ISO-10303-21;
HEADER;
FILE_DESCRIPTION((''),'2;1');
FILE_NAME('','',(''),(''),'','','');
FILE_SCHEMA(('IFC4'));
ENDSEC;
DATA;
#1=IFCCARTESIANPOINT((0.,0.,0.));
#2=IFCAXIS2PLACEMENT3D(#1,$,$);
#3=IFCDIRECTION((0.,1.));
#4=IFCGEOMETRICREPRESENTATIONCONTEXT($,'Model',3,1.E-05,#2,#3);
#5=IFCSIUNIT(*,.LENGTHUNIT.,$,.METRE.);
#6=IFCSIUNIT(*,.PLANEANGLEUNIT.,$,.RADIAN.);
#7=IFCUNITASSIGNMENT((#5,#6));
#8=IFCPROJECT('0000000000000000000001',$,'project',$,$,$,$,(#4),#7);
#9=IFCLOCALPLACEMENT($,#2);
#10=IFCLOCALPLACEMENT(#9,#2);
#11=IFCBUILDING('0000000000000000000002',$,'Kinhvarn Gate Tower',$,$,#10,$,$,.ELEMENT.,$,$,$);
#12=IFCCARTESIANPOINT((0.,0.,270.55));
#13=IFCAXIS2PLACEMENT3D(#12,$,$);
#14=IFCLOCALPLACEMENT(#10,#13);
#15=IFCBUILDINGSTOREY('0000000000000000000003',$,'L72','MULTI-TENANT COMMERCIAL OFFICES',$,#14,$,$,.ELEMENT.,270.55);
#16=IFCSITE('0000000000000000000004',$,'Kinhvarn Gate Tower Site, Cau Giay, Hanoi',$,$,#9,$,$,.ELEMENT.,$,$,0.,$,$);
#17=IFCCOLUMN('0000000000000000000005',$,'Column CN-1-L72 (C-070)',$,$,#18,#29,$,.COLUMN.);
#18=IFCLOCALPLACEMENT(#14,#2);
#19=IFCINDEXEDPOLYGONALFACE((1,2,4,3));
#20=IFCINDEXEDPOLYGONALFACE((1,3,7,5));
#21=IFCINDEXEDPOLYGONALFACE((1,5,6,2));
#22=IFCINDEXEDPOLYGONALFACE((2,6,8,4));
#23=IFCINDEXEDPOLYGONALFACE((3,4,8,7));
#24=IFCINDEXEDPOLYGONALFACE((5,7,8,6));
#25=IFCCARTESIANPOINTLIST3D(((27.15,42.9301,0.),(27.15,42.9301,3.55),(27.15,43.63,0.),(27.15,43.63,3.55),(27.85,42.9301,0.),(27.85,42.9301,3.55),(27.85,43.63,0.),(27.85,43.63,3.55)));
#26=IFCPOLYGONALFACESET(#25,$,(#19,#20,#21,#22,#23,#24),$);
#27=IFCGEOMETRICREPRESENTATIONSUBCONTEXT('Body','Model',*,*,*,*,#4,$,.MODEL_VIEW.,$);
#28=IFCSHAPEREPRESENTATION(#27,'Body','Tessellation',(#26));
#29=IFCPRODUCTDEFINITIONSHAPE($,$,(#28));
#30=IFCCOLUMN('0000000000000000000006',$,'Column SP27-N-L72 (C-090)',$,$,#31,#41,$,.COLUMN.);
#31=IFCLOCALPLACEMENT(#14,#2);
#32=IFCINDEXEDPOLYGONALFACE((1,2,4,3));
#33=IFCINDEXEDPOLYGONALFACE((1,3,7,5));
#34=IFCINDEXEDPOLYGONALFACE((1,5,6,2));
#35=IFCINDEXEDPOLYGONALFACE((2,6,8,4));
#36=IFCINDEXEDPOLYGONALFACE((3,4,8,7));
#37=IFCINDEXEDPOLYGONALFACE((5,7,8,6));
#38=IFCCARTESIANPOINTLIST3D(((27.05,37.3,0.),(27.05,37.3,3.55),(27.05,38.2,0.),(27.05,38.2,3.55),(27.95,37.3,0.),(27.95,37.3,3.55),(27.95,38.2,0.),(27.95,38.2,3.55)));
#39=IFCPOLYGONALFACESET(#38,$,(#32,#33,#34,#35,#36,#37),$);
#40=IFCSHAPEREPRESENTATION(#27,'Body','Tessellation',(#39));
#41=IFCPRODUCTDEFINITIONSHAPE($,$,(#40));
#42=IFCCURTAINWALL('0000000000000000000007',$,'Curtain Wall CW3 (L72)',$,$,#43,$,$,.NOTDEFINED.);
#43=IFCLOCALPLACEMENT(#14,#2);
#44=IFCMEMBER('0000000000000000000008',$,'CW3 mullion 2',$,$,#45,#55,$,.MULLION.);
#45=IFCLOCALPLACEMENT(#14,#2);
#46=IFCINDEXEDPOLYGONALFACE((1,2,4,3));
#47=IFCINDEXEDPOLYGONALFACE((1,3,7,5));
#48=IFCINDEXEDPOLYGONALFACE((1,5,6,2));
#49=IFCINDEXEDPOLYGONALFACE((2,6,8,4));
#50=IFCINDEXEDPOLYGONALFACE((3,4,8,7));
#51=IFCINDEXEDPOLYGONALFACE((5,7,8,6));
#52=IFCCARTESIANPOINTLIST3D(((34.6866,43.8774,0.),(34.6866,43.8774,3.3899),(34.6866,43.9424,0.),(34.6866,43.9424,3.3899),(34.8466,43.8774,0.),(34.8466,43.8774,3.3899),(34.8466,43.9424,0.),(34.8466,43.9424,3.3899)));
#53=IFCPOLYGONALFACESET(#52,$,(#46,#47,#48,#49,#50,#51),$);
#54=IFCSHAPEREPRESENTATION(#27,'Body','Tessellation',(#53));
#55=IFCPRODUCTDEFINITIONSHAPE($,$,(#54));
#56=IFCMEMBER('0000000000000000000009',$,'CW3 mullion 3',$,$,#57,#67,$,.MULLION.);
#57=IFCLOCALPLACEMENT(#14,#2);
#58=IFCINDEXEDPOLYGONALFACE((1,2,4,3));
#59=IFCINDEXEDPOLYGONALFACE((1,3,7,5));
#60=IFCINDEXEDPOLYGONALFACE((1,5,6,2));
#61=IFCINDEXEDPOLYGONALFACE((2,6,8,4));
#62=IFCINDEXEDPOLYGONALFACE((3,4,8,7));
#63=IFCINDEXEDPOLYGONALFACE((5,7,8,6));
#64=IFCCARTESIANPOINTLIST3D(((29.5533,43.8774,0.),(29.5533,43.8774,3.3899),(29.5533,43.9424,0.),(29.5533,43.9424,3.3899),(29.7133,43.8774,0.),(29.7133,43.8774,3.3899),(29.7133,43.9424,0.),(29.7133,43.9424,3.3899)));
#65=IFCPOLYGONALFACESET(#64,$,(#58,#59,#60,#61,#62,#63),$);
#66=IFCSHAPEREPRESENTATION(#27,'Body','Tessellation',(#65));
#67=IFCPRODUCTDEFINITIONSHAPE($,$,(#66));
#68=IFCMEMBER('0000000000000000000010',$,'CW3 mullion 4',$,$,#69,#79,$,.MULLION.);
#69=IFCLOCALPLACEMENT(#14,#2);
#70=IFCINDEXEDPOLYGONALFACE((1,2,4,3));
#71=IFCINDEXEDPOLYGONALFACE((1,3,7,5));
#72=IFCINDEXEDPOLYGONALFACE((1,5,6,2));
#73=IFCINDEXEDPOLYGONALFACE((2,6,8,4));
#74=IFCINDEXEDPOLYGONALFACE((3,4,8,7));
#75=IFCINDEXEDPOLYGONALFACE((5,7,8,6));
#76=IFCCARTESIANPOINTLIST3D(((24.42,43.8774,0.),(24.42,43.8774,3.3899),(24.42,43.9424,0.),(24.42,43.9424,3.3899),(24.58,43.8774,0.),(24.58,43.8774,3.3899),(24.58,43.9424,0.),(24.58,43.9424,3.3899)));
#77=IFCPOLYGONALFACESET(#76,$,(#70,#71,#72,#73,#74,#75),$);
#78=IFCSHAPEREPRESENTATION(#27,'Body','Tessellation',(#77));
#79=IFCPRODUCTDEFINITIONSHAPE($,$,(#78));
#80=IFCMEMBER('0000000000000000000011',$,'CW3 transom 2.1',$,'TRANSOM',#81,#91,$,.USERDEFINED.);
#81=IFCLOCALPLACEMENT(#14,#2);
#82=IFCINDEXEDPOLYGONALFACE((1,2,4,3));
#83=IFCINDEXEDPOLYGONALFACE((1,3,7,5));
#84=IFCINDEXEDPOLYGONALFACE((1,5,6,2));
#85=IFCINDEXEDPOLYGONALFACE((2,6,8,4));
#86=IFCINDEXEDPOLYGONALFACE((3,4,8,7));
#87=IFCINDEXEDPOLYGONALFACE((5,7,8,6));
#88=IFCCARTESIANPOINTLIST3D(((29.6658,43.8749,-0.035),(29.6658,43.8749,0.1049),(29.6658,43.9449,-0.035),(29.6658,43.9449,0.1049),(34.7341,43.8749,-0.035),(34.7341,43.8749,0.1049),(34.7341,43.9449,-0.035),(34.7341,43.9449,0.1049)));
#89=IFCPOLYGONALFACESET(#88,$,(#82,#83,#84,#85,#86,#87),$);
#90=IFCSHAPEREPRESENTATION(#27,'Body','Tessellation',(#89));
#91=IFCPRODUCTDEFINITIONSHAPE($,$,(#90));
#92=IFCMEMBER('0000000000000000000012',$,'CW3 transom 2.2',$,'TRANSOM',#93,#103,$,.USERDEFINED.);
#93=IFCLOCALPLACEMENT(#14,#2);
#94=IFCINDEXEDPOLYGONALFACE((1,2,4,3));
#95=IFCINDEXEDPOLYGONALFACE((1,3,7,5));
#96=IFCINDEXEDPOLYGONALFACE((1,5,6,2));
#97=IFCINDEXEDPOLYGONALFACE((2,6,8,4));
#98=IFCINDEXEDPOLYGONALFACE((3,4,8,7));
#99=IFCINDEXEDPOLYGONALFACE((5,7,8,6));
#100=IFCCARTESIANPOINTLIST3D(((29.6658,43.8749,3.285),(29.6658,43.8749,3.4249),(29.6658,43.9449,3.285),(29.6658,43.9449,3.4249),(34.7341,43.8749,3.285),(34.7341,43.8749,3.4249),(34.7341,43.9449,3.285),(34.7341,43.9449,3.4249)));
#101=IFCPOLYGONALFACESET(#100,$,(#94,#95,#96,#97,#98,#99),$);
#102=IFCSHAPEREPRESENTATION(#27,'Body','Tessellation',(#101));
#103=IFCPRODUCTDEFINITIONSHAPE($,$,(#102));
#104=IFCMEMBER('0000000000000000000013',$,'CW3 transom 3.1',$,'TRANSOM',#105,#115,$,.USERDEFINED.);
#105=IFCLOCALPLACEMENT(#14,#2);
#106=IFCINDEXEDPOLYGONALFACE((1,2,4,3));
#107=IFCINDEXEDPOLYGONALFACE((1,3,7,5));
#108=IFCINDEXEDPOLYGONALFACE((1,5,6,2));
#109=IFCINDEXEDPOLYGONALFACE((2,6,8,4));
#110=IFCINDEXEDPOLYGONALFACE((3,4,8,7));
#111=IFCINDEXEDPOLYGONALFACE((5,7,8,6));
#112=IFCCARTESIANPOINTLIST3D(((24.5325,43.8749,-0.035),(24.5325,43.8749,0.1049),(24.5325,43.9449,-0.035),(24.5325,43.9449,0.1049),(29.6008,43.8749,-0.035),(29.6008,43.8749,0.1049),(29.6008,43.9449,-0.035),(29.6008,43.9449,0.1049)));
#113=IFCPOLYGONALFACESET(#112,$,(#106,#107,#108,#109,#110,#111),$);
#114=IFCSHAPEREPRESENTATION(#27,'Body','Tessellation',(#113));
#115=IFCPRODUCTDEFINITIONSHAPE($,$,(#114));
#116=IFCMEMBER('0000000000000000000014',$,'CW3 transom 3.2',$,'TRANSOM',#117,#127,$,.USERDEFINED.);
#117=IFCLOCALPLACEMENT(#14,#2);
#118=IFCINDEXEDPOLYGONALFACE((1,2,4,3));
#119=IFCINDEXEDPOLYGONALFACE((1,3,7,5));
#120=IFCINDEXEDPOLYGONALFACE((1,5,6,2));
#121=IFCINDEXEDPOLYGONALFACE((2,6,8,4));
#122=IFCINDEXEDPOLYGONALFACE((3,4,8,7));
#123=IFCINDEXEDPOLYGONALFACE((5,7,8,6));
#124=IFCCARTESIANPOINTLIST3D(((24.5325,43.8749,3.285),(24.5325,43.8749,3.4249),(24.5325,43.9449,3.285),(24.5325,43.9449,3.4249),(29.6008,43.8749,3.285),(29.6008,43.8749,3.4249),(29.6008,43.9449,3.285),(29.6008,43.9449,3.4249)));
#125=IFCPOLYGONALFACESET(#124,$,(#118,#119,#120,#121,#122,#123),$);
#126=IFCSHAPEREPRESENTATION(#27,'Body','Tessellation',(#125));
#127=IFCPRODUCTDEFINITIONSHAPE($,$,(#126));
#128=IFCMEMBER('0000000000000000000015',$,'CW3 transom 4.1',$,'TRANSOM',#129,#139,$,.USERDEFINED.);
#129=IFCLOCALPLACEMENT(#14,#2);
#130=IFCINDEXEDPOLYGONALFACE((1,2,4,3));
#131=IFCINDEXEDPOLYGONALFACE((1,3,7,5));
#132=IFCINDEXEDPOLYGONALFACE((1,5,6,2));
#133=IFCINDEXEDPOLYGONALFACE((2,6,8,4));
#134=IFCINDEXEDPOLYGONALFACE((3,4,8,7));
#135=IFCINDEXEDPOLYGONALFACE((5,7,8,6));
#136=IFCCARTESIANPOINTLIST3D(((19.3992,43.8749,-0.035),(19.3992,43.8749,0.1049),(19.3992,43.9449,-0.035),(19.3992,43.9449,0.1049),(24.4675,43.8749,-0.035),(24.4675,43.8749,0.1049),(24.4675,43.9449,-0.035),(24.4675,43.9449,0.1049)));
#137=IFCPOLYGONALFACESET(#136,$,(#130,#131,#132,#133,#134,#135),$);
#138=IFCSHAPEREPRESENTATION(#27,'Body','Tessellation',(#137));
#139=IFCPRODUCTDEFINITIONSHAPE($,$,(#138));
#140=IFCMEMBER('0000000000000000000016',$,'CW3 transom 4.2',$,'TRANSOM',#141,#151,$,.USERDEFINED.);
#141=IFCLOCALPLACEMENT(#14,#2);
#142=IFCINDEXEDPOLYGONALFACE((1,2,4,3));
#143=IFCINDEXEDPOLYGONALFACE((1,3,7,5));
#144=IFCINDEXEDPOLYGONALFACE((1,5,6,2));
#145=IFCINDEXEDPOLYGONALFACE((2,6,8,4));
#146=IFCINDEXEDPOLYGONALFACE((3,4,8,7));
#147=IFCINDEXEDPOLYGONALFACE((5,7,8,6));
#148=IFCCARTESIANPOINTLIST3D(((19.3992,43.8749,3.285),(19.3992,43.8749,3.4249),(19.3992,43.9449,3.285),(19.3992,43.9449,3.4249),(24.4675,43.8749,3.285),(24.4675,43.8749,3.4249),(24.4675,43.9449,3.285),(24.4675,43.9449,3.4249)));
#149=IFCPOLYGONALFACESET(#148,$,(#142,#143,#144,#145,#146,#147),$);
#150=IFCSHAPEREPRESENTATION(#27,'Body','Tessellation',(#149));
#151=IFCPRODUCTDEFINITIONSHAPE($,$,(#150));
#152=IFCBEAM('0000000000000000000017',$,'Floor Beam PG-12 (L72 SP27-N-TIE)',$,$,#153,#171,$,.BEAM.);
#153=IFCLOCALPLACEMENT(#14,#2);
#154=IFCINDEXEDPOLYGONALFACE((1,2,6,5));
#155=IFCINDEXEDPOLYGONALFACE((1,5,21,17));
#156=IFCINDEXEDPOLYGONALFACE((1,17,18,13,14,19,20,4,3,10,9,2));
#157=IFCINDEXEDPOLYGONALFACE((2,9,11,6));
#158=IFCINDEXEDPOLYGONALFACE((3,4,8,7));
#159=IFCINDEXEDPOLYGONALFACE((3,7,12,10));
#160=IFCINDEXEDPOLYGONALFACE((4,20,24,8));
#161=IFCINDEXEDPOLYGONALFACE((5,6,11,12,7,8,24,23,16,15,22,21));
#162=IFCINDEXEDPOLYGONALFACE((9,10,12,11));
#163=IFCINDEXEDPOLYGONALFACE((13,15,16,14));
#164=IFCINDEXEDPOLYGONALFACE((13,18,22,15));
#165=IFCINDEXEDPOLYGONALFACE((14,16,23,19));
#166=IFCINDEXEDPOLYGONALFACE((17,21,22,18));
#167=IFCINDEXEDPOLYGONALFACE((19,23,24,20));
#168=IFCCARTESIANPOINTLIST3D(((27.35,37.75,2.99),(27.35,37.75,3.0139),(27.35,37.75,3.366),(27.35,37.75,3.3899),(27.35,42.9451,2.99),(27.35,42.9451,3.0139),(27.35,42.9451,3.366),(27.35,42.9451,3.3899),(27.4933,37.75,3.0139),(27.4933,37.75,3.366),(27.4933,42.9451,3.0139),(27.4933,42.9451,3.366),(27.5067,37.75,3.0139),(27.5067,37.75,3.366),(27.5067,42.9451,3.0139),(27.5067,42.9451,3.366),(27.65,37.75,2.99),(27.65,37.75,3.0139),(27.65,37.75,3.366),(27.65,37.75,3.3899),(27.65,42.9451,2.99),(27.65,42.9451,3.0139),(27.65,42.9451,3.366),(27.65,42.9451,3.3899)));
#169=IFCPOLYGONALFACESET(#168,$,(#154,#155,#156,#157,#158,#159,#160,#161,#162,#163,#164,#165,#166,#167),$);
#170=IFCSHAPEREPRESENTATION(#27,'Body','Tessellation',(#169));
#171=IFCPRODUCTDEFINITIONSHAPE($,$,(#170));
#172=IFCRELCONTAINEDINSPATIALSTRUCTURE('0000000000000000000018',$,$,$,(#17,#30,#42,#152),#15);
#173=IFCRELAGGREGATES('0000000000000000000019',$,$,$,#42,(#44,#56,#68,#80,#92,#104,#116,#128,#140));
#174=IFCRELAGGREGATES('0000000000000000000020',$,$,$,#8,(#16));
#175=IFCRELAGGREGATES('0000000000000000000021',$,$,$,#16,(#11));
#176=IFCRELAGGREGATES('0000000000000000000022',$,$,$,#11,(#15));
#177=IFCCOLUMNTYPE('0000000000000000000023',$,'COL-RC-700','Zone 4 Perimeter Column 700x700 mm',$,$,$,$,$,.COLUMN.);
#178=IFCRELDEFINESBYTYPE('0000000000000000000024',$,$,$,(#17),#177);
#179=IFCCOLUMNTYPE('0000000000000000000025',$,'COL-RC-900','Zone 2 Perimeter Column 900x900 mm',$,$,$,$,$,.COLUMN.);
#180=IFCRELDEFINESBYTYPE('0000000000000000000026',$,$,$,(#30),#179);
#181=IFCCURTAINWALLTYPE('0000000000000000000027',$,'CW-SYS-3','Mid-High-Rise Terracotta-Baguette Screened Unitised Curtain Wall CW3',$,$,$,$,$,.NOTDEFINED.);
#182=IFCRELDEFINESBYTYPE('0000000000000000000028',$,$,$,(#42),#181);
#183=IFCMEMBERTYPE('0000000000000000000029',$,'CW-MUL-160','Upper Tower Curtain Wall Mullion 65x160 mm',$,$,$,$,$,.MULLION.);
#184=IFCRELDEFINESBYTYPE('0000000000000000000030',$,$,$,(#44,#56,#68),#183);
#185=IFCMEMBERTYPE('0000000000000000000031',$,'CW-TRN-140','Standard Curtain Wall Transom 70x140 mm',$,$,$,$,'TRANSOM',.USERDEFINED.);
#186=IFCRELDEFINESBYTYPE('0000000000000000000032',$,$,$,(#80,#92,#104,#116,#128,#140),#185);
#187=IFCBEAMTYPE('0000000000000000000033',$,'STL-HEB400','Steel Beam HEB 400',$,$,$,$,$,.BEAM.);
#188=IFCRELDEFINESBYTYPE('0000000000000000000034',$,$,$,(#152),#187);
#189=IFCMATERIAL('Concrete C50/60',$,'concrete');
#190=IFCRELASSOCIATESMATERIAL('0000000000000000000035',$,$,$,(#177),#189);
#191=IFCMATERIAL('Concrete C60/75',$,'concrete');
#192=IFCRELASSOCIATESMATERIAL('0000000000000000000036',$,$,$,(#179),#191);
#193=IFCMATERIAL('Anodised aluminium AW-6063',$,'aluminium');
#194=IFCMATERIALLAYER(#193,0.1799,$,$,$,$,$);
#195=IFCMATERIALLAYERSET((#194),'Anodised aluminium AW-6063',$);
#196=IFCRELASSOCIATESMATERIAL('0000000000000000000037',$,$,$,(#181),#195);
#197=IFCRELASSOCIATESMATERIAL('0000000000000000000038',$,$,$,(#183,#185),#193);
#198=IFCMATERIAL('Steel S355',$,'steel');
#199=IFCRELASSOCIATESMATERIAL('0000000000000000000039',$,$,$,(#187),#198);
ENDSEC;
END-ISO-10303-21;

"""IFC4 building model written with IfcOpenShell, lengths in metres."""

from ifc_helpers import new_model, si_unit, direction, frame, origin, origin_2d, place, context, subcontext, project, spatial, rectangle, i_section, extrude, material, layer, layer_set, material_profile, profile_set, type_object, element, aggregate, save


model = new_model("IFC4")

# Units and contexts
model_context = context("Model", 3, precision=1e-05, world=origin(), true_north=direction((0.0, 1.0)))
body_context = subcontext(model_context, "Body", "Model", "MODEL_VIEW")
ifc_project = project(units=[si_unit("LENGTHUNIT", "METRE"), si_unit("PLANEANGLEUNIT", "RADIAN")], contexts=[model_context])

# Site, building, storey
site_placement = place(None, origin())
site = spatial("IfcSite", under=ifc_project, at=site_placement, Name="Kinhvarn Gate Tower Site, Cau Giay, Hanoi", CompositionType="ELEMENT", RefElevation=0.0)
building_placement = place(site_placement, origin())
building = spatial("IfcBuilding", under=site, at=building_placement, Name="Kinhvarn Gate Tower", CompositionType="ELEMENT")
storey_placement = place(building_placement, frame((0.0, 0.0, 270.55)))
storey = spatial("IfcBuildingStorey", under=building, at=storey_placement, Name="L72", Description="MULTI-TENANT COMMERCIAL OFFICES", CompositionType="ELEMENT", Elevation=270.55)

# Columns
ifc_material_1 = material(Name="Concrete C50/60", Category="concrete")
ifc_material_profile_1 = material_profile(ifc_material_1, rectangle(XDim=0.7, YDim=0.7, at=origin_2d()), Name="RC 700x700")
ifc_profile_set_1 = profile_set([ifc_material_profile_1], Name="Concrete C50/60")
column_type_1 = type_object("IfcColumnType", Name="COL-RC-700", Description="Zone 4 Perimeter Column 700x700 mm", PredefinedType="COLUMN", material=ifc_profile_set_1)
column_1_placement = place(storey_placement, frame((27.5, 43.28, 0.0), z_axis=(0.0, 0.0, 1.0), x_axis=(1.0, 0.0, 0.0)))
element("IfcColumn", 1, at=column_1_placement, inside=storey, type_object=column_type_1, Name="Column CN-1-L72 (C-070)", PredefinedType="COLUMN", context=body_context, shape_type="SweptSolid", body=[
    extrude(rectangle(XDim=0.7, YDim=0.7, at=origin_2d()), origin(), (0.0, 0.0, 1.0), 3.55),
])
ifc_material_2 = material(Name="Concrete C60/75", Category="concrete")
ifc_material_profile_2 = material_profile(ifc_material_2, rectangle(XDim=0.8999, YDim=0.8999, at=origin_2d()), Name="RC 900x900")
ifc_profile_set_2 = profile_set([ifc_material_profile_2], Name="Concrete C60/75")
column_type_2 = type_object("IfcColumnType", Name="COL-RC-900", Description="Zone 2 Perimeter Column 900x900 mm", PredefinedType="COLUMN", material=ifc_profile_set_2)
column_2_placement = place(storey_placement, frame((27.5, 37.75, 0.0), z_axis=(0.0, 0.0, 1.0), x_axis=(1.0, 0.0, 0.0)))
element("IfcColumn", 2, at=column_2_placement, inside=storey, type_object=column_type_2, Name="Column SP27-N-L72 (C-090)", PredefinedType="COLUMN", context=body_context, shape_type="SweptSolid", body=[
    extrude(rectangle(XDim=0.8999, YDim=0.8999, at=origin_2d()), origin(), (0.0, 0.0, 1.0), 3.55),
])

# Curtain wall, members
ifc_material_3 = material(Name="Anodised aluminium AW-6063", Category="aluminium")
ifc_layer_1 = layer(ifc_material_3, 0.1799)
ifc_layer_set_1 = layer_set([ifc_layer_1], Name="Anodised aluminium AW-6063")
curtain_wall_type = type_object("IfcCurtainWallType", Name="CW-SYS-3", Description="Mid-High-Rise Terracotta-Baguette Screened Unitised Curtain Wall CW3", PredefinedType="NOTDEFINED", material=ifc_layer_set_1)
curtain_wall_placement = place(storey_placement, origin())
curtain_wall = element("IfcCurtainWall", 3, at=curtain_wall_placement, inside=storey, type_object=curtain_wall_type, Name="Curtain Wall CW3 (L72)", PredefinedType="NOTDEFINED")
ifc_material_profile_3 = material_profile(ifc_material_3, rectangle(XDim=0.0649, YDim=0.1599, at=origin_2d()), Name="ALU 65x160")
ifc_profile_set_3 = profile_set([ifc_material_profile_3], Name="Anodised aluminium AW-6063")
member_type_1 = type_object("IfcMemberType", Name="CW-MUL-160", Description="Upper Tower Curtain Wall Mullion 65x160 mm", PredefinedType="MULLION", material=ifc_profile_set_3)
member_1_placement = place(storey_placement, frame((34.7666, 43.9099, 0.0), z_axis=(0.0, 0.0, 1.0), x_axis=(0.0, -1.0, 0.0)))
member_1 = element("IfcMember", 4, at=member_1_placement, type_object=member_type_1, Name="CW3 mullion 2", PredefinedType="MULLION", context=body_context, shape_type="SweptSolid", body=[
    extrude(rectangle(XDim=0.0649, YDim=0.1599, at=origin_2d()), origin(), (0.0, 0.0, 1.0), 3.3899),
])
member_2_placement = place(storey_placement, frame((29.6333, 43.9099, 0.0), z_axis=(0.0, 0.0, 1.0), x_axis=(0.0, -1.0, 0.0)))
member_2 = element("IfcMember", 5, at=member_2_placement, type_object=member_type_1, Name="CW3 mullion 3", PredefinedType="MULLION", context=body_context, shape_type="SweptSolid", body=[
    extrude(rectangle(XDim=0.0649, YDim=0.1599, at=origin_2d()), origin(), (0.0, 0.0, 1.0), 3.3899),
])
member_3_placement = place(storey_placement, frame((24.5, 43.9099, 0.0), z_axis=(0.0, 0.0, 1.0), x_axis=(0.0, -1.0, 0.0)))
member_3 = element("IfcMember", 6, at=member_3_placement, type_object=member_type_1, Name="CW3 mullion 4", PredefinedType="MULLION", context=body_context, shape_type="SweptSolid", body=[
    extrude(rectangle(XDim=0.0649, YDim=0.1599, at=origin_2d()), origin(), (0.0, 0.0, 1.0), 3.3899),
])
ifc_material_profile_4 = material_profile(ifc_material_3, rectangle(XDim=0.0701, YDim=0.1399, at=origin_2d()), Name="ALU 70x140")
ifc_profile_set_4 = profile_set([ifc_material_profile_4], Name="Anodised aluminium AW-6063")
member_type_2 = type_object("IfcMemberType", Name="CW-TRN-140", Description="Standard Curtain Wall Transom 70x140 mm", ElementType="TRANSOM", PredefinedType="USERDEFINED", material=ifc_profile_set_4)
member_4_placement = place(storey_placement, frame((34.7341, 43.9099, 0.0349), z_axis=(-1.0, 0.0, 0.0), x_axis=(0.0, -1.0, 0.0)))
member_4 = element("IfcMember", 7, at=member_4_placement, type_object=member_type_2, Name="CW3 transom 2.1", ObjectType="TRANSOM", PredefinedType="USERDEFINED", context=body_context, shape_type="SweptSolid", body=[
    extrude(rectangle(XDim=0.0701, YDim=0.1399, at=origin_2d()), origin(), (0.0, 0.0, 1.0), 5.0684),
])
member_5_placement = place(storey_placement, frame((34.7341, 43.9099, 3.355), z_axis=(-1.0, 0.0, 0.0), x_axis=(0.0, -1.0, 0.0)))
member_5 = element("IfcMember", 8, at=member_5_placement, type_object=member_type_2, Name="CW3 transom 2.2", ObjectType="TRANSOM", PredefinedType="USERDEFINED", context=body_context, shape_type="SweptSolid", body=[
    extrude(rectangle(XDim=0.0701, YDim=0.1399, at=origin_2d()), origin(), (0.0, 0.0, 1.0), 5.0684),
])
member_6_placement = place(storey_placement, frame((29.6008, 43.9099, 0.0349), z_axis=(-1.0, 0.0, 0.0), x_axis=(0.0, -1.0, 0.0)))
member_6 = element("IfcMember", 9, at=member_6_placement, type_object=member_type_2, Name="CW3 transom 3.1", ObjectType="TRANSOM", PredefinedType="USERDEFINED", context=body_context, shape_type="SweptSolid", body=[
    extrude(rectangle(XDim=0.0701, YDim=0.1399, at=origin_2d()), origin(), (0.0, 0.0, 1.0), 5.0684),
])
member_7_placement = place(storey_placement, frame((29.6008, 43.9099, 3.355), z_axis=(-1.0, 0.0, 0.0), x_axis=(0.0, -1.0, 0.0)))
member_7 = element("IfcMember", 10, at=member_7_placement, type_object=member_type_2, Name="CW3 transom 3.2", ObjectType="TRANSOM", PredefinedType="USERDEFINED", context=body_context, shape_type="SweptSolid", body=[
    extrude(rectangle(XDim=0.0701, YDim=0.1399, at=origin_2d()), origin(), (0.0, 0.0, 1.0), 5.0684),
])
member_8_placement = place(storey_placement, frame((24.4675, 43.9099, 0.0349), z_axis=(-1.0, 0.0, 0.0), x_axis=(0.0, -1.0, 0.0)))
member_8 = element("IfcMember", 11, at=member_8_placement, type_object=member_type_2, Name="CW3 transom 4.1", ObjectType="TRANSOM", PredefinedType="USERDEFINED", context=body_context, shape_type="SweptSolid", body=[
    extrude(rectangle(XDim=0.0701, YDim=0.1399, at=origin_2d()), origin(), (0.0, 0.0, 1.0), 5.0684),
])
member_9_placement = place(storey_placement, frame((24.4675, 43.9099, 3.355), z_axis=(-1.0, 0.0, 0.0), x_axis=(0.0, -1.0, 0.0)))
member_9 = element("IfcMember", 12, at=member_9_placement, type_object=member_type_2, Name="CW3 transom 4.2", ObjectType="TRANSOM", PredefinedType="USERDEFINED", context=body_context, shape_type="SweptSolid", body=[
    extrude(rectangle(XDim=0.0701, YDim=0.1399, at=origin_2d()), origin(), (0.0, 0.0, 1.0), 5.0684),
])

# Beam
ifc_material_4 = material(Name="Steel S355", Category="steel")
ifc_material_profile_5 = material_profile(ifc_material_4, i_section(OverallWidth=0.3, OverallDepth=0.3999, WebThickness=0.0134, FlangeThickness=0.0239, at=origin_2d()), Name="HEB 400")
ifc_profile_set_5 = profile_set([ifc_material_profile_5], Name="Steel S355")
beam_type_1 = type_object("IfcBeamType", Name="STL-HEB400", Description="Steel Beam HEB 400", PredefinedType="BEAM", material=ifc_profile_set_5)
beam_1_placement = place(storey_placement, frame((27.5, 37.75, 3.1899), z_axis=(0.0, 1.0, 0.0), x_axis=(-1.0, 0.0, 0.0)))
element("IfcBeam", 13, at=beam_1_placement, inside=storey, type_object=beam_type_1, Name="Floor Beam PG-12 (L72 SP27-N-TIE)", PredefinedType="BEAM", context=body_context, shape_type="SweptSolid", body=[
    extrude(i_section(OverallWidth=0.3, OverallDepth=0.3999, WebThickness=0.0134, FlangeThickness=0.0239, at=origin_2d()), origin(), (0.0, 0.0, 1.0), 5.1951),
])

aggregate(curtain_wall, [member_1, member_2, member_3, member_4, member_5, member_6, member_7, member_8, member_9])

save(model, "model.ifc")
